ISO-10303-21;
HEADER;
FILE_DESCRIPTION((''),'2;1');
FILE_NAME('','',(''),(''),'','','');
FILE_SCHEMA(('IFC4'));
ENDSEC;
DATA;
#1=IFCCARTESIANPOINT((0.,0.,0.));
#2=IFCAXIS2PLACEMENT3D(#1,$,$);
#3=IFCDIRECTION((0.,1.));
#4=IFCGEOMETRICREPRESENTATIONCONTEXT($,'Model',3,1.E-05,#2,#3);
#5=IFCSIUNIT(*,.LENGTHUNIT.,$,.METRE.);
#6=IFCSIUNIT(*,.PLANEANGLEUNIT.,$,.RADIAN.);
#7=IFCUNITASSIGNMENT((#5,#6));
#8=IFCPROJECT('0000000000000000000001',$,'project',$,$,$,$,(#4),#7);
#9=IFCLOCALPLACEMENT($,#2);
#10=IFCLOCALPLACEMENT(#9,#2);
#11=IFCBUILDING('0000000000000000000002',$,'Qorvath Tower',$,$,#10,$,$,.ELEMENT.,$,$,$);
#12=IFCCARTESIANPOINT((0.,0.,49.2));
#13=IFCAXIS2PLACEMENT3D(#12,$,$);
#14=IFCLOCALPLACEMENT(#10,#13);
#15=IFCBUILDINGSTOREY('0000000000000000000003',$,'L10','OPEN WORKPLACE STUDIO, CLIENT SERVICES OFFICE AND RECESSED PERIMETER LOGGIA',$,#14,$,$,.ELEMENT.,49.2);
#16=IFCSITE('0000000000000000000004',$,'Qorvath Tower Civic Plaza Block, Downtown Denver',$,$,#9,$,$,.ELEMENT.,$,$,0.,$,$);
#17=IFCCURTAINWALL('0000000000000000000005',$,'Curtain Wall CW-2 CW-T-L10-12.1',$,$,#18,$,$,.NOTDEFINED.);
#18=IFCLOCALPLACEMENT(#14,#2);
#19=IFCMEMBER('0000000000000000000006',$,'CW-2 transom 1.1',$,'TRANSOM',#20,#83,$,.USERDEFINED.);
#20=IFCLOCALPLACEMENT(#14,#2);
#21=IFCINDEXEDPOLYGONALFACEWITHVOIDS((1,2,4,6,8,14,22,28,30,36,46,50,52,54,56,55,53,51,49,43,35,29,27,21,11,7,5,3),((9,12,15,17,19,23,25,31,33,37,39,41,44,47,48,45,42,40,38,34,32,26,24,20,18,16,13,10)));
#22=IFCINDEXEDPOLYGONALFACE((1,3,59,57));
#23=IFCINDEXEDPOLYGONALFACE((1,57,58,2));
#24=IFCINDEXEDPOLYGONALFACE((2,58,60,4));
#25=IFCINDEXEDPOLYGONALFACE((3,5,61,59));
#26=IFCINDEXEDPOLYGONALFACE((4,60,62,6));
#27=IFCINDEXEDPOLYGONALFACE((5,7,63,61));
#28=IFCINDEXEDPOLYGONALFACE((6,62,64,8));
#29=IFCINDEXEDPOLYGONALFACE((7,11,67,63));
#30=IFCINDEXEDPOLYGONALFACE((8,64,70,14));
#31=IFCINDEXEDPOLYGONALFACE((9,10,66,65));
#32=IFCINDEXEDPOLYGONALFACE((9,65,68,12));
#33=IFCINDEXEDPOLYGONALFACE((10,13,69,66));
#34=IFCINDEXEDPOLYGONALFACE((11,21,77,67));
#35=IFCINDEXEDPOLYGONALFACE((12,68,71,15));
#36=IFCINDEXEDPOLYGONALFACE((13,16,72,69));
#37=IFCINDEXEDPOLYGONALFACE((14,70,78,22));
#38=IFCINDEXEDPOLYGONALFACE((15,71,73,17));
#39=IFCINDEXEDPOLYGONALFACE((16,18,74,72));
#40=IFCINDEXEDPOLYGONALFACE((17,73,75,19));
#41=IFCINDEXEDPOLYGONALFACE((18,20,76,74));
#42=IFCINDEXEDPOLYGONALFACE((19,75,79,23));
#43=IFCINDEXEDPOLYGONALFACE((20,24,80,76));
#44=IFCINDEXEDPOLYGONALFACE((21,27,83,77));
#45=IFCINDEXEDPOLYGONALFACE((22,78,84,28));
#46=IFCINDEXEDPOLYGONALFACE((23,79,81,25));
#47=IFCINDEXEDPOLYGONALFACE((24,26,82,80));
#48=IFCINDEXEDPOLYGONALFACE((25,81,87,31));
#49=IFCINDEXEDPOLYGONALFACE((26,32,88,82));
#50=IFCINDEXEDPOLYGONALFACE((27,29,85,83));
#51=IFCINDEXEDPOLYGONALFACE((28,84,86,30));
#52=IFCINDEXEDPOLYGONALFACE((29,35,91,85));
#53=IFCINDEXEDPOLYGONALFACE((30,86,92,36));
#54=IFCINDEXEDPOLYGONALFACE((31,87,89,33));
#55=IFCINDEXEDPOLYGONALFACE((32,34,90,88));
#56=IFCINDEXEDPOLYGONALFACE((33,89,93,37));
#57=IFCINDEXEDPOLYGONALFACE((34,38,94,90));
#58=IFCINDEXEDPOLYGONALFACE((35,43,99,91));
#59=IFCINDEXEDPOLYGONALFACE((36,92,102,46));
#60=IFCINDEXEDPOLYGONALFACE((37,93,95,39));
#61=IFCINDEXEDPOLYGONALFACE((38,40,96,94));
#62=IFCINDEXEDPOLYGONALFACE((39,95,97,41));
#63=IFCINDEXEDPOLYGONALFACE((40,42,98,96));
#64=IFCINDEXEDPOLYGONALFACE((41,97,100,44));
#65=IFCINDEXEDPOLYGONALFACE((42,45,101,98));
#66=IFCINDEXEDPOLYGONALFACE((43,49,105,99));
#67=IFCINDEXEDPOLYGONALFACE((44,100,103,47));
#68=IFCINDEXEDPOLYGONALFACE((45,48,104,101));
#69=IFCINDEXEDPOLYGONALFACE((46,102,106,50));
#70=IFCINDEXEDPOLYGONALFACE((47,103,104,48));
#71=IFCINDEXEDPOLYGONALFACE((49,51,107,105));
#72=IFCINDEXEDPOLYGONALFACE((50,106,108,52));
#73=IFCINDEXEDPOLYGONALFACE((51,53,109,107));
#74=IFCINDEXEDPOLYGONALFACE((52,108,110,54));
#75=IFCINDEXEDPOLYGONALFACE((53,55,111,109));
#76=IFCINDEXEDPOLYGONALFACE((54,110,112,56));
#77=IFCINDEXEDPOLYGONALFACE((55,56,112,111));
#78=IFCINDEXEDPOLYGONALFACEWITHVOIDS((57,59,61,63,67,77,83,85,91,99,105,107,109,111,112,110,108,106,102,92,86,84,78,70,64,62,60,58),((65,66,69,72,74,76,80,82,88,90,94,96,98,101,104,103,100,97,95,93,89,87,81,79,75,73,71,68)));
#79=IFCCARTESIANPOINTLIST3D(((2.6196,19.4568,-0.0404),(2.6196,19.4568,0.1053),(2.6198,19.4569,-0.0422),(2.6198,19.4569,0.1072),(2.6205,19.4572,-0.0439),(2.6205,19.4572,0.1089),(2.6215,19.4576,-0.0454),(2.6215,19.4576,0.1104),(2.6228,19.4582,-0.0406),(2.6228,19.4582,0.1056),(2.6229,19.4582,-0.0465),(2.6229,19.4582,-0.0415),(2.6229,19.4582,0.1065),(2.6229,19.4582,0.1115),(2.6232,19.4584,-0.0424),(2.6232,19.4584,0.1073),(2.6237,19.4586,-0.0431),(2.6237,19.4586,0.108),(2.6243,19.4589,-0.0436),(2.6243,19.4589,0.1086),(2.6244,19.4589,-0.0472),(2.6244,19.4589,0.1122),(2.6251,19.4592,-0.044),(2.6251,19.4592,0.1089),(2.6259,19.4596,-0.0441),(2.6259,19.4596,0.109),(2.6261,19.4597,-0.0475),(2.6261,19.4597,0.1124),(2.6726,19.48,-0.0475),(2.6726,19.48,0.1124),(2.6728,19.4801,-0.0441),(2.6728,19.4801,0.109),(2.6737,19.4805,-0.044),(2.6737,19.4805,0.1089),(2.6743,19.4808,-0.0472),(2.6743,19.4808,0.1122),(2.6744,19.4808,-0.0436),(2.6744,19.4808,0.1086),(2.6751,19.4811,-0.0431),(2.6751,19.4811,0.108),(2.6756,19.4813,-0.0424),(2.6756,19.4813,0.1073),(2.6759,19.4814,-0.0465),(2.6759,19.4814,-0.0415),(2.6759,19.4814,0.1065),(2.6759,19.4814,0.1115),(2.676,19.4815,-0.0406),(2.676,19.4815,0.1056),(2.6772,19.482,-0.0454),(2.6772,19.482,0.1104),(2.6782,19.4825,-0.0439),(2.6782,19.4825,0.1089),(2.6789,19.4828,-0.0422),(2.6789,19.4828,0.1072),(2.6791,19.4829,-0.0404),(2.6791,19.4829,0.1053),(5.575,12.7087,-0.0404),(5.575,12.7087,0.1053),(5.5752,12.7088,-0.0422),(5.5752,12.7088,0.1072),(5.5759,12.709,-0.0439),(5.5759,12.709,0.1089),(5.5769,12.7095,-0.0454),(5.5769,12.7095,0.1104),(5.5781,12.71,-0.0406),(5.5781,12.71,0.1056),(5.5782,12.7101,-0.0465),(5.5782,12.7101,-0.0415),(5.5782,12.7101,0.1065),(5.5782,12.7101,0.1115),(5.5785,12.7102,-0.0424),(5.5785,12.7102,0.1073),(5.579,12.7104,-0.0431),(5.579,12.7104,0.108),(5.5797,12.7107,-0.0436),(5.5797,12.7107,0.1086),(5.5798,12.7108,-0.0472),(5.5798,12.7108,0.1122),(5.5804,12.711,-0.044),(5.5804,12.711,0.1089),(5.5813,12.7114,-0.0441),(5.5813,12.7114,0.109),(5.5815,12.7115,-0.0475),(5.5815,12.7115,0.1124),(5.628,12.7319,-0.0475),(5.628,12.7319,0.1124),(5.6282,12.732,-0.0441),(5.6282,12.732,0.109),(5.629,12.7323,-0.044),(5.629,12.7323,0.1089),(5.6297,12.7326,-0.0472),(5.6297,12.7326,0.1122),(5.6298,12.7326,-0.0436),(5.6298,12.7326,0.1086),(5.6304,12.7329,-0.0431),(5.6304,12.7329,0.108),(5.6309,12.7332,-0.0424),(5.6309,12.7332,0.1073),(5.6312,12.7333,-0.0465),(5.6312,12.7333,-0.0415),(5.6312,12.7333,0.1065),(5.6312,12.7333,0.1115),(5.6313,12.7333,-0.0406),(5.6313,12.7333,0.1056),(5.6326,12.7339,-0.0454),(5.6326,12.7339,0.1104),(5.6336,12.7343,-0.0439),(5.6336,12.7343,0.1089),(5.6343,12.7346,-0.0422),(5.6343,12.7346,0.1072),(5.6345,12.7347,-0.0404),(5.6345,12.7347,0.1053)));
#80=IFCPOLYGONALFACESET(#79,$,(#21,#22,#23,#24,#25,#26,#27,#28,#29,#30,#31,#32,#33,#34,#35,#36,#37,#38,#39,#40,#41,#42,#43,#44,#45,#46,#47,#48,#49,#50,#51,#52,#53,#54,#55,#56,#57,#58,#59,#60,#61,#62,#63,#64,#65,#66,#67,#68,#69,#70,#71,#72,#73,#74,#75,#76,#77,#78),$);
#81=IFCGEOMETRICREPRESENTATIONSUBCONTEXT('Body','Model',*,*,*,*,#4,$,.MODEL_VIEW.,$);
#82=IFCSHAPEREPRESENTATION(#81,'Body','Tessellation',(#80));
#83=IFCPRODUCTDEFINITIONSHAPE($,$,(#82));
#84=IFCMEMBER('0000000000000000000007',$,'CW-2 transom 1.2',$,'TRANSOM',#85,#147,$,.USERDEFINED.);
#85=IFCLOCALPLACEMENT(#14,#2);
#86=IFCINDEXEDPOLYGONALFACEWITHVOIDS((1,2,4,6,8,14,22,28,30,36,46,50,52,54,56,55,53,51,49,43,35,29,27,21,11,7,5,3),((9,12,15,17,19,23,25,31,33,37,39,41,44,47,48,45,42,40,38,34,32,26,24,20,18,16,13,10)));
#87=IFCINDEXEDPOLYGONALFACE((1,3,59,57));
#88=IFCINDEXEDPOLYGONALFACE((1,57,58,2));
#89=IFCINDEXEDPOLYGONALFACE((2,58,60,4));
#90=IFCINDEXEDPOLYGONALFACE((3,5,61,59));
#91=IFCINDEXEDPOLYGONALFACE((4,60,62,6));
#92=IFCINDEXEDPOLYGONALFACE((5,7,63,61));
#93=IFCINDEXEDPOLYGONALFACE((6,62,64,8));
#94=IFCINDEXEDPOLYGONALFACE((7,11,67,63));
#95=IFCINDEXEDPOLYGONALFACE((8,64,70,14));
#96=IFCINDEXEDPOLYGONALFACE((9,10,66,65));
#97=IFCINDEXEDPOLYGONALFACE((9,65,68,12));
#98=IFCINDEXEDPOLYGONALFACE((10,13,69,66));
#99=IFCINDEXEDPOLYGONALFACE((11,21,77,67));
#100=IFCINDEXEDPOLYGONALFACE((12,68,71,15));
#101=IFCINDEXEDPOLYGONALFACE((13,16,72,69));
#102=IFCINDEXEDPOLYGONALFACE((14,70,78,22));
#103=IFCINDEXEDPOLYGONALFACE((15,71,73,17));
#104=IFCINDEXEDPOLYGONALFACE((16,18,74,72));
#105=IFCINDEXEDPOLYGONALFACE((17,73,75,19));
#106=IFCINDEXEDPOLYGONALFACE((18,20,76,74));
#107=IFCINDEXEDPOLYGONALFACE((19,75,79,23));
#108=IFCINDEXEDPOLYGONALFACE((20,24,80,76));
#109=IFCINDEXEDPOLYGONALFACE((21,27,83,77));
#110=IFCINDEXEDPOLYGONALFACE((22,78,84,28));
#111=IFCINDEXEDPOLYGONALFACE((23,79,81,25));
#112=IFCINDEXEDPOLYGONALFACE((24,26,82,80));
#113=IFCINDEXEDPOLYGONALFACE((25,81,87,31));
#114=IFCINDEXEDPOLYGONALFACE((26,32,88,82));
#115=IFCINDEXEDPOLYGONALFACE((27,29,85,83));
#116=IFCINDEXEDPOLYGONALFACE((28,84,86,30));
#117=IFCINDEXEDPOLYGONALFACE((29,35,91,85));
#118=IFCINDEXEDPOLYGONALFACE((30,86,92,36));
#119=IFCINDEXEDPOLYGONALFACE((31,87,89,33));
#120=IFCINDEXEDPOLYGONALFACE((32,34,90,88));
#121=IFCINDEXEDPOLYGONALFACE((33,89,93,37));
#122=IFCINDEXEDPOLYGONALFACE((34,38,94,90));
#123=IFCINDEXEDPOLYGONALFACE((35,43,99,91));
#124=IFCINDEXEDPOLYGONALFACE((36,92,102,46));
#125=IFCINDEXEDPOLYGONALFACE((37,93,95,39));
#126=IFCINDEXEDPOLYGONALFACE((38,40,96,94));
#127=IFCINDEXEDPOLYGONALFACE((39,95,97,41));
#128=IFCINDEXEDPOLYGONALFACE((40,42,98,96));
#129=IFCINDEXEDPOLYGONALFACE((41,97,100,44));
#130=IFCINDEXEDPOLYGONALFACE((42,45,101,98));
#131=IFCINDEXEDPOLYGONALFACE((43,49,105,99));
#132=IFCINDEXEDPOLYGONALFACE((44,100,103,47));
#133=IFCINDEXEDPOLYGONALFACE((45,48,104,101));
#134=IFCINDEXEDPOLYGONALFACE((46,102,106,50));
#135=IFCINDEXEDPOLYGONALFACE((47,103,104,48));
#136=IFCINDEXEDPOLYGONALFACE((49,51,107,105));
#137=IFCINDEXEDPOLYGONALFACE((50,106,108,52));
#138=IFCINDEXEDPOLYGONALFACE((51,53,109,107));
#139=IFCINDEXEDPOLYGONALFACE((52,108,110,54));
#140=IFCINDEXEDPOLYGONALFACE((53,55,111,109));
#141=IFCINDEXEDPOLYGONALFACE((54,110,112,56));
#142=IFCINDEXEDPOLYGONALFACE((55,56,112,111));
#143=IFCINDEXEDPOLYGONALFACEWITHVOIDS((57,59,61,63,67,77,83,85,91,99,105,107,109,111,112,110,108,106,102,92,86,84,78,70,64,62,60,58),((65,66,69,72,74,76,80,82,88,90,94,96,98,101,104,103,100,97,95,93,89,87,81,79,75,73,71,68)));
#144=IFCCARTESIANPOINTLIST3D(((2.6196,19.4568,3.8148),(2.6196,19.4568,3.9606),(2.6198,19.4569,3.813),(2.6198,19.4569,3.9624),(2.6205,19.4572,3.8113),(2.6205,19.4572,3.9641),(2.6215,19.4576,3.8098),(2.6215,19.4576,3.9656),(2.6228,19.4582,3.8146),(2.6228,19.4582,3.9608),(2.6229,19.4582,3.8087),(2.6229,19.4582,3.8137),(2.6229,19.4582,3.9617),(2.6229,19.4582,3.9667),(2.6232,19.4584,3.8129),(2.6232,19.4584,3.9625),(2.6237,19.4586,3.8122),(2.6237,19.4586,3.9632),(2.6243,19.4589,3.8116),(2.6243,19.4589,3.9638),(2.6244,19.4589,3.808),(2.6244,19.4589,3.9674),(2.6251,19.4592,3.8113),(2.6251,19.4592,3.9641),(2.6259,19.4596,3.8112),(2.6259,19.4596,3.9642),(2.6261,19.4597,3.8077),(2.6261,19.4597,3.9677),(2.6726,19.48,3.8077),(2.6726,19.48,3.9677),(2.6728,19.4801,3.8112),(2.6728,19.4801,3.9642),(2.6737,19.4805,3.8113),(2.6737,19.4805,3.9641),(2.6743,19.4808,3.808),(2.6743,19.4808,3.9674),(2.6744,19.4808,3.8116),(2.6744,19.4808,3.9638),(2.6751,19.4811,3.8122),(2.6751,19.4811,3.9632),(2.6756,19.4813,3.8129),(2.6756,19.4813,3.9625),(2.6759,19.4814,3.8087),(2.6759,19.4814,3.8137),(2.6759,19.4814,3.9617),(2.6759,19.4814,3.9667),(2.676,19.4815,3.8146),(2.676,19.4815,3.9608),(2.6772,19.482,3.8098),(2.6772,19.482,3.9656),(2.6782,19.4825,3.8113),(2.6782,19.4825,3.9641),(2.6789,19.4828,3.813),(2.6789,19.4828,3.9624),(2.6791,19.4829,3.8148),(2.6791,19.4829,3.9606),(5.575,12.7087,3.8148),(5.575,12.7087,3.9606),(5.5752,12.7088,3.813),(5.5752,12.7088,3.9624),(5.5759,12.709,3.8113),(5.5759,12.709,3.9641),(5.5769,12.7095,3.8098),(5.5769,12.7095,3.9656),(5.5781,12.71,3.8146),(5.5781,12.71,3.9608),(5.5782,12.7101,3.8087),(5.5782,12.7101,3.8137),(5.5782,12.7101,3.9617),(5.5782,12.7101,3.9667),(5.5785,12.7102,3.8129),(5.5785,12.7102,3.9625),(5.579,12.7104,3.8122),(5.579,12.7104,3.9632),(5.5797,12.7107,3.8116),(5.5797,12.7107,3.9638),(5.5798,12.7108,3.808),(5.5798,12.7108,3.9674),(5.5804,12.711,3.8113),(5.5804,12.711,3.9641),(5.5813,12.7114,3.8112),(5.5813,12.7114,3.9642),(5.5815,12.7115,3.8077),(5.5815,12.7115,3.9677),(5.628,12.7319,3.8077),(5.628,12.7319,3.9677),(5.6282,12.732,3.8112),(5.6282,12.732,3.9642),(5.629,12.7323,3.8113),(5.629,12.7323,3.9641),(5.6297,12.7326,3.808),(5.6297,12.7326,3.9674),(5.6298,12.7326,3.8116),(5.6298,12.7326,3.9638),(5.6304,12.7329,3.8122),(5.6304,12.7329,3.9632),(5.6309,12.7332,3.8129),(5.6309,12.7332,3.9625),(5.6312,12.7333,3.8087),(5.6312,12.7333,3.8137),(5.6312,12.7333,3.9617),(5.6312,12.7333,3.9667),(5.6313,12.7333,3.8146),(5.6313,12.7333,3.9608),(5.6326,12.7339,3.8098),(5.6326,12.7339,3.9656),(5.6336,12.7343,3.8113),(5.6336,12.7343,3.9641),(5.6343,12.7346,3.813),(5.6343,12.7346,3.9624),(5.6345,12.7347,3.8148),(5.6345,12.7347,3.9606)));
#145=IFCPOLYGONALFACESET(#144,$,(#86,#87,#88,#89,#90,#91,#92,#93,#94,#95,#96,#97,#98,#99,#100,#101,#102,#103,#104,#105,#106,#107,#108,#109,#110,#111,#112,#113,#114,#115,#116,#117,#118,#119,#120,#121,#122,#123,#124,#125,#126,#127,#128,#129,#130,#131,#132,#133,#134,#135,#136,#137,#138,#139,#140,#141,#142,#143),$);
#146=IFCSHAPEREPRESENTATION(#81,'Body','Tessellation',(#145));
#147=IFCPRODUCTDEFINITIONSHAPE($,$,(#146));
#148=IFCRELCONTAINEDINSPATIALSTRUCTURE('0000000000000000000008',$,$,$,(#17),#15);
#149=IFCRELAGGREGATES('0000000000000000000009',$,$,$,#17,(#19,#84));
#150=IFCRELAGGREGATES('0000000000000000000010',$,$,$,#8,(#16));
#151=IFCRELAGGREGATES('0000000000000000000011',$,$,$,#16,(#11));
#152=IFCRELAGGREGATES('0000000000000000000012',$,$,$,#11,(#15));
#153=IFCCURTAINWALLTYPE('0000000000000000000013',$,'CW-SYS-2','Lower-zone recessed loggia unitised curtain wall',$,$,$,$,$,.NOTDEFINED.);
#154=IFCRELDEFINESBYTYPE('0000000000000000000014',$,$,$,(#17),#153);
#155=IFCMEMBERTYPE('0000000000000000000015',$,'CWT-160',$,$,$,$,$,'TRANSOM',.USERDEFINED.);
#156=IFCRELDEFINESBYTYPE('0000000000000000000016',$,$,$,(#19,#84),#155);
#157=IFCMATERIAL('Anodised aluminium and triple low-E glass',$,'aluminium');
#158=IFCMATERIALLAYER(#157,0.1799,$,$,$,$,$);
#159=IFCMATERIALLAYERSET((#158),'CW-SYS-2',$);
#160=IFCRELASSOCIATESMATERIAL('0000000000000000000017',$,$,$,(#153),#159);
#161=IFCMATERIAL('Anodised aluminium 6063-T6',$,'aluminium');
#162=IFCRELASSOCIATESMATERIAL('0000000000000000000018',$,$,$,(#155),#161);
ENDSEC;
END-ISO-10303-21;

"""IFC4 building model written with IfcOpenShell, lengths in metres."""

from ifc_helpers import new_model, si_unit, direction, frame, origin, origin_2d, place, context, subcontext, project, spatial, hollow_rectangle, extrude, material, layer, layer_set, material_profile, profile_set, type_object, element, aggregate, save


model = new_model("IFC4")

# Units and contexts
model_context = context("Model", 3, precision=1e-05, world=origin(), true_north=direction((0.0, 1.0)))
body_context = subcontext(model_context, "Body", "Model", "MODEL_VIEW")
ifc_project = project(units=[si_unit("LENGTHUNIT", "METRE"), si_unit("PLANEANGLEUNIT", "RADIAN")], contexts=[model_context])

# Site, building, storey
site_placement = place(None, origin())
site = spatial("IfcSite", under=ifc_project, at=site_placement, Name="Qorvath Tower Civic Plaza Block, Downtown Denver", CompositionType="ELEMENT", RefElevation=0.0)
building_placement = place(site_placement, origin())
building = spatial("IfcBuilding", under=site, at=building_placement, Name="Qorvath Tower", CompositionType="ELEMENT")
storey_placement = place(building_placement, frame((0.0, 0.0, 49.2)))
storey = spatial("IfcBuildingStorey", under=building, at=storey_placement, Name="L10", Description="OPEN WORKPLACE STUDIO, CLIENT SERVICES OFFICE AND RECESSED PERIMETER LOGGIA", CompositionType="ELEMENT", Elevation=49.2)

# Shared definitions
ifc_material_1 = material(Name="Anodised aluminium and triple low-E glass", Category="aluminium")
ifc_layer_1 = layer(ifc_material_1, 0.1799)
ifc_layer_set_1 = layer_set([ifc_layer_1], Name="CW-SYS-2")
curtain_wall_type = type_object("IfcCurtainWallType", Name="CW-SYS-2", Description="Lower-zone recessed loggia unitised curtain wall", PredefinedType="NOTDEFINED", material=ifc_layer_set_1)

# Curtain wall
curtain_wall_1_placement = place(storey_placement, origin())
curtain_wall_1 = element("IfcCurtainWall", 1, at=curtain_wall_1_placement, inside=storey, type_object=curtain_wall_type, Name="Curtain Wall CW-2 CW-T-L10-12.1", PredefinedType="NOTDEFINED")

# Members
ifc_material_2 = material(Name="Anodised aluminium 6063-T6", Category="aluminium")
ifc_material_profile_1 = material_profile(ifc_material_2, hollow_rectangle(XDim=0.0649, YDim=0.1599, WallThickness=0.0034, InnerFilletRadius=0.0034, OuterFilletRadius=0.0071, at=origin_2d()), Name="CWT 160x65")
ifc_profile_set_1 = profile_set([ifc_material_profile_1], Name="Anodised aluminium 6063-T6")
member_type_1 = type_object("IfcMemberType", Name="CWT-160", ElementType="TRANSOM", PredefinedType="USERDEFINED", material=ifc_profile_set_1)
member_1_placement = place(storey_placement, frame((5.6047, 12.7217, 0.0325), z_axis=(-0.401167, 0.916005, 0.0), x_axis=(-0.916005, -0.401167, 0.0)))
member_1 = element("IfcMember", 2, at=member_1_placement, type_object=member_type_1, Name="CW-2 transom 1.1", ObjectType="TRANSOM", PredefinedType="USERDEFINED", context=body_context, shape_type="SweptSolid", body=[
    extrude(hollow_rectangle(XDim=0.0649, YDim=0.1599, WallThickness=0.0034, InnerFilletRadius=0.0034, OuterFilletRadius=0.0071, at=origin_2d()), origin(), (0.0, 0.0, 1.0), 7.3669),
])
member_2_placement = place(storey_placement, frame((5.6047, 12.7217, 3.8877), z_axis=(-0.401167, 0.916005, 0.0), x_axis=(-0.916005, -0.401167, 0.0)))
member_2 = element("IfcMember", 3, at=member_2_placement, type_object=member_type_1, Name="CW-2 transom 1.2", ObjectType="TRANSOM", PredefinedType="USERDEFINED", context=body_context, shape_type="SweptSolid", body=[
    extrude(hollow_rectangle(XDim=0.0649, YDim=0.1599, WallThickness=0.0034, InnerFilletRadius=0.0034, OuterFilletRadius=0.0071, at=origin_2d()), origin(), (0.0, 0.0, 1.0), 7.3669),
])

aggregate(curtain_wall_1, [member_1, member_2])

save(model, "model.ifc")
